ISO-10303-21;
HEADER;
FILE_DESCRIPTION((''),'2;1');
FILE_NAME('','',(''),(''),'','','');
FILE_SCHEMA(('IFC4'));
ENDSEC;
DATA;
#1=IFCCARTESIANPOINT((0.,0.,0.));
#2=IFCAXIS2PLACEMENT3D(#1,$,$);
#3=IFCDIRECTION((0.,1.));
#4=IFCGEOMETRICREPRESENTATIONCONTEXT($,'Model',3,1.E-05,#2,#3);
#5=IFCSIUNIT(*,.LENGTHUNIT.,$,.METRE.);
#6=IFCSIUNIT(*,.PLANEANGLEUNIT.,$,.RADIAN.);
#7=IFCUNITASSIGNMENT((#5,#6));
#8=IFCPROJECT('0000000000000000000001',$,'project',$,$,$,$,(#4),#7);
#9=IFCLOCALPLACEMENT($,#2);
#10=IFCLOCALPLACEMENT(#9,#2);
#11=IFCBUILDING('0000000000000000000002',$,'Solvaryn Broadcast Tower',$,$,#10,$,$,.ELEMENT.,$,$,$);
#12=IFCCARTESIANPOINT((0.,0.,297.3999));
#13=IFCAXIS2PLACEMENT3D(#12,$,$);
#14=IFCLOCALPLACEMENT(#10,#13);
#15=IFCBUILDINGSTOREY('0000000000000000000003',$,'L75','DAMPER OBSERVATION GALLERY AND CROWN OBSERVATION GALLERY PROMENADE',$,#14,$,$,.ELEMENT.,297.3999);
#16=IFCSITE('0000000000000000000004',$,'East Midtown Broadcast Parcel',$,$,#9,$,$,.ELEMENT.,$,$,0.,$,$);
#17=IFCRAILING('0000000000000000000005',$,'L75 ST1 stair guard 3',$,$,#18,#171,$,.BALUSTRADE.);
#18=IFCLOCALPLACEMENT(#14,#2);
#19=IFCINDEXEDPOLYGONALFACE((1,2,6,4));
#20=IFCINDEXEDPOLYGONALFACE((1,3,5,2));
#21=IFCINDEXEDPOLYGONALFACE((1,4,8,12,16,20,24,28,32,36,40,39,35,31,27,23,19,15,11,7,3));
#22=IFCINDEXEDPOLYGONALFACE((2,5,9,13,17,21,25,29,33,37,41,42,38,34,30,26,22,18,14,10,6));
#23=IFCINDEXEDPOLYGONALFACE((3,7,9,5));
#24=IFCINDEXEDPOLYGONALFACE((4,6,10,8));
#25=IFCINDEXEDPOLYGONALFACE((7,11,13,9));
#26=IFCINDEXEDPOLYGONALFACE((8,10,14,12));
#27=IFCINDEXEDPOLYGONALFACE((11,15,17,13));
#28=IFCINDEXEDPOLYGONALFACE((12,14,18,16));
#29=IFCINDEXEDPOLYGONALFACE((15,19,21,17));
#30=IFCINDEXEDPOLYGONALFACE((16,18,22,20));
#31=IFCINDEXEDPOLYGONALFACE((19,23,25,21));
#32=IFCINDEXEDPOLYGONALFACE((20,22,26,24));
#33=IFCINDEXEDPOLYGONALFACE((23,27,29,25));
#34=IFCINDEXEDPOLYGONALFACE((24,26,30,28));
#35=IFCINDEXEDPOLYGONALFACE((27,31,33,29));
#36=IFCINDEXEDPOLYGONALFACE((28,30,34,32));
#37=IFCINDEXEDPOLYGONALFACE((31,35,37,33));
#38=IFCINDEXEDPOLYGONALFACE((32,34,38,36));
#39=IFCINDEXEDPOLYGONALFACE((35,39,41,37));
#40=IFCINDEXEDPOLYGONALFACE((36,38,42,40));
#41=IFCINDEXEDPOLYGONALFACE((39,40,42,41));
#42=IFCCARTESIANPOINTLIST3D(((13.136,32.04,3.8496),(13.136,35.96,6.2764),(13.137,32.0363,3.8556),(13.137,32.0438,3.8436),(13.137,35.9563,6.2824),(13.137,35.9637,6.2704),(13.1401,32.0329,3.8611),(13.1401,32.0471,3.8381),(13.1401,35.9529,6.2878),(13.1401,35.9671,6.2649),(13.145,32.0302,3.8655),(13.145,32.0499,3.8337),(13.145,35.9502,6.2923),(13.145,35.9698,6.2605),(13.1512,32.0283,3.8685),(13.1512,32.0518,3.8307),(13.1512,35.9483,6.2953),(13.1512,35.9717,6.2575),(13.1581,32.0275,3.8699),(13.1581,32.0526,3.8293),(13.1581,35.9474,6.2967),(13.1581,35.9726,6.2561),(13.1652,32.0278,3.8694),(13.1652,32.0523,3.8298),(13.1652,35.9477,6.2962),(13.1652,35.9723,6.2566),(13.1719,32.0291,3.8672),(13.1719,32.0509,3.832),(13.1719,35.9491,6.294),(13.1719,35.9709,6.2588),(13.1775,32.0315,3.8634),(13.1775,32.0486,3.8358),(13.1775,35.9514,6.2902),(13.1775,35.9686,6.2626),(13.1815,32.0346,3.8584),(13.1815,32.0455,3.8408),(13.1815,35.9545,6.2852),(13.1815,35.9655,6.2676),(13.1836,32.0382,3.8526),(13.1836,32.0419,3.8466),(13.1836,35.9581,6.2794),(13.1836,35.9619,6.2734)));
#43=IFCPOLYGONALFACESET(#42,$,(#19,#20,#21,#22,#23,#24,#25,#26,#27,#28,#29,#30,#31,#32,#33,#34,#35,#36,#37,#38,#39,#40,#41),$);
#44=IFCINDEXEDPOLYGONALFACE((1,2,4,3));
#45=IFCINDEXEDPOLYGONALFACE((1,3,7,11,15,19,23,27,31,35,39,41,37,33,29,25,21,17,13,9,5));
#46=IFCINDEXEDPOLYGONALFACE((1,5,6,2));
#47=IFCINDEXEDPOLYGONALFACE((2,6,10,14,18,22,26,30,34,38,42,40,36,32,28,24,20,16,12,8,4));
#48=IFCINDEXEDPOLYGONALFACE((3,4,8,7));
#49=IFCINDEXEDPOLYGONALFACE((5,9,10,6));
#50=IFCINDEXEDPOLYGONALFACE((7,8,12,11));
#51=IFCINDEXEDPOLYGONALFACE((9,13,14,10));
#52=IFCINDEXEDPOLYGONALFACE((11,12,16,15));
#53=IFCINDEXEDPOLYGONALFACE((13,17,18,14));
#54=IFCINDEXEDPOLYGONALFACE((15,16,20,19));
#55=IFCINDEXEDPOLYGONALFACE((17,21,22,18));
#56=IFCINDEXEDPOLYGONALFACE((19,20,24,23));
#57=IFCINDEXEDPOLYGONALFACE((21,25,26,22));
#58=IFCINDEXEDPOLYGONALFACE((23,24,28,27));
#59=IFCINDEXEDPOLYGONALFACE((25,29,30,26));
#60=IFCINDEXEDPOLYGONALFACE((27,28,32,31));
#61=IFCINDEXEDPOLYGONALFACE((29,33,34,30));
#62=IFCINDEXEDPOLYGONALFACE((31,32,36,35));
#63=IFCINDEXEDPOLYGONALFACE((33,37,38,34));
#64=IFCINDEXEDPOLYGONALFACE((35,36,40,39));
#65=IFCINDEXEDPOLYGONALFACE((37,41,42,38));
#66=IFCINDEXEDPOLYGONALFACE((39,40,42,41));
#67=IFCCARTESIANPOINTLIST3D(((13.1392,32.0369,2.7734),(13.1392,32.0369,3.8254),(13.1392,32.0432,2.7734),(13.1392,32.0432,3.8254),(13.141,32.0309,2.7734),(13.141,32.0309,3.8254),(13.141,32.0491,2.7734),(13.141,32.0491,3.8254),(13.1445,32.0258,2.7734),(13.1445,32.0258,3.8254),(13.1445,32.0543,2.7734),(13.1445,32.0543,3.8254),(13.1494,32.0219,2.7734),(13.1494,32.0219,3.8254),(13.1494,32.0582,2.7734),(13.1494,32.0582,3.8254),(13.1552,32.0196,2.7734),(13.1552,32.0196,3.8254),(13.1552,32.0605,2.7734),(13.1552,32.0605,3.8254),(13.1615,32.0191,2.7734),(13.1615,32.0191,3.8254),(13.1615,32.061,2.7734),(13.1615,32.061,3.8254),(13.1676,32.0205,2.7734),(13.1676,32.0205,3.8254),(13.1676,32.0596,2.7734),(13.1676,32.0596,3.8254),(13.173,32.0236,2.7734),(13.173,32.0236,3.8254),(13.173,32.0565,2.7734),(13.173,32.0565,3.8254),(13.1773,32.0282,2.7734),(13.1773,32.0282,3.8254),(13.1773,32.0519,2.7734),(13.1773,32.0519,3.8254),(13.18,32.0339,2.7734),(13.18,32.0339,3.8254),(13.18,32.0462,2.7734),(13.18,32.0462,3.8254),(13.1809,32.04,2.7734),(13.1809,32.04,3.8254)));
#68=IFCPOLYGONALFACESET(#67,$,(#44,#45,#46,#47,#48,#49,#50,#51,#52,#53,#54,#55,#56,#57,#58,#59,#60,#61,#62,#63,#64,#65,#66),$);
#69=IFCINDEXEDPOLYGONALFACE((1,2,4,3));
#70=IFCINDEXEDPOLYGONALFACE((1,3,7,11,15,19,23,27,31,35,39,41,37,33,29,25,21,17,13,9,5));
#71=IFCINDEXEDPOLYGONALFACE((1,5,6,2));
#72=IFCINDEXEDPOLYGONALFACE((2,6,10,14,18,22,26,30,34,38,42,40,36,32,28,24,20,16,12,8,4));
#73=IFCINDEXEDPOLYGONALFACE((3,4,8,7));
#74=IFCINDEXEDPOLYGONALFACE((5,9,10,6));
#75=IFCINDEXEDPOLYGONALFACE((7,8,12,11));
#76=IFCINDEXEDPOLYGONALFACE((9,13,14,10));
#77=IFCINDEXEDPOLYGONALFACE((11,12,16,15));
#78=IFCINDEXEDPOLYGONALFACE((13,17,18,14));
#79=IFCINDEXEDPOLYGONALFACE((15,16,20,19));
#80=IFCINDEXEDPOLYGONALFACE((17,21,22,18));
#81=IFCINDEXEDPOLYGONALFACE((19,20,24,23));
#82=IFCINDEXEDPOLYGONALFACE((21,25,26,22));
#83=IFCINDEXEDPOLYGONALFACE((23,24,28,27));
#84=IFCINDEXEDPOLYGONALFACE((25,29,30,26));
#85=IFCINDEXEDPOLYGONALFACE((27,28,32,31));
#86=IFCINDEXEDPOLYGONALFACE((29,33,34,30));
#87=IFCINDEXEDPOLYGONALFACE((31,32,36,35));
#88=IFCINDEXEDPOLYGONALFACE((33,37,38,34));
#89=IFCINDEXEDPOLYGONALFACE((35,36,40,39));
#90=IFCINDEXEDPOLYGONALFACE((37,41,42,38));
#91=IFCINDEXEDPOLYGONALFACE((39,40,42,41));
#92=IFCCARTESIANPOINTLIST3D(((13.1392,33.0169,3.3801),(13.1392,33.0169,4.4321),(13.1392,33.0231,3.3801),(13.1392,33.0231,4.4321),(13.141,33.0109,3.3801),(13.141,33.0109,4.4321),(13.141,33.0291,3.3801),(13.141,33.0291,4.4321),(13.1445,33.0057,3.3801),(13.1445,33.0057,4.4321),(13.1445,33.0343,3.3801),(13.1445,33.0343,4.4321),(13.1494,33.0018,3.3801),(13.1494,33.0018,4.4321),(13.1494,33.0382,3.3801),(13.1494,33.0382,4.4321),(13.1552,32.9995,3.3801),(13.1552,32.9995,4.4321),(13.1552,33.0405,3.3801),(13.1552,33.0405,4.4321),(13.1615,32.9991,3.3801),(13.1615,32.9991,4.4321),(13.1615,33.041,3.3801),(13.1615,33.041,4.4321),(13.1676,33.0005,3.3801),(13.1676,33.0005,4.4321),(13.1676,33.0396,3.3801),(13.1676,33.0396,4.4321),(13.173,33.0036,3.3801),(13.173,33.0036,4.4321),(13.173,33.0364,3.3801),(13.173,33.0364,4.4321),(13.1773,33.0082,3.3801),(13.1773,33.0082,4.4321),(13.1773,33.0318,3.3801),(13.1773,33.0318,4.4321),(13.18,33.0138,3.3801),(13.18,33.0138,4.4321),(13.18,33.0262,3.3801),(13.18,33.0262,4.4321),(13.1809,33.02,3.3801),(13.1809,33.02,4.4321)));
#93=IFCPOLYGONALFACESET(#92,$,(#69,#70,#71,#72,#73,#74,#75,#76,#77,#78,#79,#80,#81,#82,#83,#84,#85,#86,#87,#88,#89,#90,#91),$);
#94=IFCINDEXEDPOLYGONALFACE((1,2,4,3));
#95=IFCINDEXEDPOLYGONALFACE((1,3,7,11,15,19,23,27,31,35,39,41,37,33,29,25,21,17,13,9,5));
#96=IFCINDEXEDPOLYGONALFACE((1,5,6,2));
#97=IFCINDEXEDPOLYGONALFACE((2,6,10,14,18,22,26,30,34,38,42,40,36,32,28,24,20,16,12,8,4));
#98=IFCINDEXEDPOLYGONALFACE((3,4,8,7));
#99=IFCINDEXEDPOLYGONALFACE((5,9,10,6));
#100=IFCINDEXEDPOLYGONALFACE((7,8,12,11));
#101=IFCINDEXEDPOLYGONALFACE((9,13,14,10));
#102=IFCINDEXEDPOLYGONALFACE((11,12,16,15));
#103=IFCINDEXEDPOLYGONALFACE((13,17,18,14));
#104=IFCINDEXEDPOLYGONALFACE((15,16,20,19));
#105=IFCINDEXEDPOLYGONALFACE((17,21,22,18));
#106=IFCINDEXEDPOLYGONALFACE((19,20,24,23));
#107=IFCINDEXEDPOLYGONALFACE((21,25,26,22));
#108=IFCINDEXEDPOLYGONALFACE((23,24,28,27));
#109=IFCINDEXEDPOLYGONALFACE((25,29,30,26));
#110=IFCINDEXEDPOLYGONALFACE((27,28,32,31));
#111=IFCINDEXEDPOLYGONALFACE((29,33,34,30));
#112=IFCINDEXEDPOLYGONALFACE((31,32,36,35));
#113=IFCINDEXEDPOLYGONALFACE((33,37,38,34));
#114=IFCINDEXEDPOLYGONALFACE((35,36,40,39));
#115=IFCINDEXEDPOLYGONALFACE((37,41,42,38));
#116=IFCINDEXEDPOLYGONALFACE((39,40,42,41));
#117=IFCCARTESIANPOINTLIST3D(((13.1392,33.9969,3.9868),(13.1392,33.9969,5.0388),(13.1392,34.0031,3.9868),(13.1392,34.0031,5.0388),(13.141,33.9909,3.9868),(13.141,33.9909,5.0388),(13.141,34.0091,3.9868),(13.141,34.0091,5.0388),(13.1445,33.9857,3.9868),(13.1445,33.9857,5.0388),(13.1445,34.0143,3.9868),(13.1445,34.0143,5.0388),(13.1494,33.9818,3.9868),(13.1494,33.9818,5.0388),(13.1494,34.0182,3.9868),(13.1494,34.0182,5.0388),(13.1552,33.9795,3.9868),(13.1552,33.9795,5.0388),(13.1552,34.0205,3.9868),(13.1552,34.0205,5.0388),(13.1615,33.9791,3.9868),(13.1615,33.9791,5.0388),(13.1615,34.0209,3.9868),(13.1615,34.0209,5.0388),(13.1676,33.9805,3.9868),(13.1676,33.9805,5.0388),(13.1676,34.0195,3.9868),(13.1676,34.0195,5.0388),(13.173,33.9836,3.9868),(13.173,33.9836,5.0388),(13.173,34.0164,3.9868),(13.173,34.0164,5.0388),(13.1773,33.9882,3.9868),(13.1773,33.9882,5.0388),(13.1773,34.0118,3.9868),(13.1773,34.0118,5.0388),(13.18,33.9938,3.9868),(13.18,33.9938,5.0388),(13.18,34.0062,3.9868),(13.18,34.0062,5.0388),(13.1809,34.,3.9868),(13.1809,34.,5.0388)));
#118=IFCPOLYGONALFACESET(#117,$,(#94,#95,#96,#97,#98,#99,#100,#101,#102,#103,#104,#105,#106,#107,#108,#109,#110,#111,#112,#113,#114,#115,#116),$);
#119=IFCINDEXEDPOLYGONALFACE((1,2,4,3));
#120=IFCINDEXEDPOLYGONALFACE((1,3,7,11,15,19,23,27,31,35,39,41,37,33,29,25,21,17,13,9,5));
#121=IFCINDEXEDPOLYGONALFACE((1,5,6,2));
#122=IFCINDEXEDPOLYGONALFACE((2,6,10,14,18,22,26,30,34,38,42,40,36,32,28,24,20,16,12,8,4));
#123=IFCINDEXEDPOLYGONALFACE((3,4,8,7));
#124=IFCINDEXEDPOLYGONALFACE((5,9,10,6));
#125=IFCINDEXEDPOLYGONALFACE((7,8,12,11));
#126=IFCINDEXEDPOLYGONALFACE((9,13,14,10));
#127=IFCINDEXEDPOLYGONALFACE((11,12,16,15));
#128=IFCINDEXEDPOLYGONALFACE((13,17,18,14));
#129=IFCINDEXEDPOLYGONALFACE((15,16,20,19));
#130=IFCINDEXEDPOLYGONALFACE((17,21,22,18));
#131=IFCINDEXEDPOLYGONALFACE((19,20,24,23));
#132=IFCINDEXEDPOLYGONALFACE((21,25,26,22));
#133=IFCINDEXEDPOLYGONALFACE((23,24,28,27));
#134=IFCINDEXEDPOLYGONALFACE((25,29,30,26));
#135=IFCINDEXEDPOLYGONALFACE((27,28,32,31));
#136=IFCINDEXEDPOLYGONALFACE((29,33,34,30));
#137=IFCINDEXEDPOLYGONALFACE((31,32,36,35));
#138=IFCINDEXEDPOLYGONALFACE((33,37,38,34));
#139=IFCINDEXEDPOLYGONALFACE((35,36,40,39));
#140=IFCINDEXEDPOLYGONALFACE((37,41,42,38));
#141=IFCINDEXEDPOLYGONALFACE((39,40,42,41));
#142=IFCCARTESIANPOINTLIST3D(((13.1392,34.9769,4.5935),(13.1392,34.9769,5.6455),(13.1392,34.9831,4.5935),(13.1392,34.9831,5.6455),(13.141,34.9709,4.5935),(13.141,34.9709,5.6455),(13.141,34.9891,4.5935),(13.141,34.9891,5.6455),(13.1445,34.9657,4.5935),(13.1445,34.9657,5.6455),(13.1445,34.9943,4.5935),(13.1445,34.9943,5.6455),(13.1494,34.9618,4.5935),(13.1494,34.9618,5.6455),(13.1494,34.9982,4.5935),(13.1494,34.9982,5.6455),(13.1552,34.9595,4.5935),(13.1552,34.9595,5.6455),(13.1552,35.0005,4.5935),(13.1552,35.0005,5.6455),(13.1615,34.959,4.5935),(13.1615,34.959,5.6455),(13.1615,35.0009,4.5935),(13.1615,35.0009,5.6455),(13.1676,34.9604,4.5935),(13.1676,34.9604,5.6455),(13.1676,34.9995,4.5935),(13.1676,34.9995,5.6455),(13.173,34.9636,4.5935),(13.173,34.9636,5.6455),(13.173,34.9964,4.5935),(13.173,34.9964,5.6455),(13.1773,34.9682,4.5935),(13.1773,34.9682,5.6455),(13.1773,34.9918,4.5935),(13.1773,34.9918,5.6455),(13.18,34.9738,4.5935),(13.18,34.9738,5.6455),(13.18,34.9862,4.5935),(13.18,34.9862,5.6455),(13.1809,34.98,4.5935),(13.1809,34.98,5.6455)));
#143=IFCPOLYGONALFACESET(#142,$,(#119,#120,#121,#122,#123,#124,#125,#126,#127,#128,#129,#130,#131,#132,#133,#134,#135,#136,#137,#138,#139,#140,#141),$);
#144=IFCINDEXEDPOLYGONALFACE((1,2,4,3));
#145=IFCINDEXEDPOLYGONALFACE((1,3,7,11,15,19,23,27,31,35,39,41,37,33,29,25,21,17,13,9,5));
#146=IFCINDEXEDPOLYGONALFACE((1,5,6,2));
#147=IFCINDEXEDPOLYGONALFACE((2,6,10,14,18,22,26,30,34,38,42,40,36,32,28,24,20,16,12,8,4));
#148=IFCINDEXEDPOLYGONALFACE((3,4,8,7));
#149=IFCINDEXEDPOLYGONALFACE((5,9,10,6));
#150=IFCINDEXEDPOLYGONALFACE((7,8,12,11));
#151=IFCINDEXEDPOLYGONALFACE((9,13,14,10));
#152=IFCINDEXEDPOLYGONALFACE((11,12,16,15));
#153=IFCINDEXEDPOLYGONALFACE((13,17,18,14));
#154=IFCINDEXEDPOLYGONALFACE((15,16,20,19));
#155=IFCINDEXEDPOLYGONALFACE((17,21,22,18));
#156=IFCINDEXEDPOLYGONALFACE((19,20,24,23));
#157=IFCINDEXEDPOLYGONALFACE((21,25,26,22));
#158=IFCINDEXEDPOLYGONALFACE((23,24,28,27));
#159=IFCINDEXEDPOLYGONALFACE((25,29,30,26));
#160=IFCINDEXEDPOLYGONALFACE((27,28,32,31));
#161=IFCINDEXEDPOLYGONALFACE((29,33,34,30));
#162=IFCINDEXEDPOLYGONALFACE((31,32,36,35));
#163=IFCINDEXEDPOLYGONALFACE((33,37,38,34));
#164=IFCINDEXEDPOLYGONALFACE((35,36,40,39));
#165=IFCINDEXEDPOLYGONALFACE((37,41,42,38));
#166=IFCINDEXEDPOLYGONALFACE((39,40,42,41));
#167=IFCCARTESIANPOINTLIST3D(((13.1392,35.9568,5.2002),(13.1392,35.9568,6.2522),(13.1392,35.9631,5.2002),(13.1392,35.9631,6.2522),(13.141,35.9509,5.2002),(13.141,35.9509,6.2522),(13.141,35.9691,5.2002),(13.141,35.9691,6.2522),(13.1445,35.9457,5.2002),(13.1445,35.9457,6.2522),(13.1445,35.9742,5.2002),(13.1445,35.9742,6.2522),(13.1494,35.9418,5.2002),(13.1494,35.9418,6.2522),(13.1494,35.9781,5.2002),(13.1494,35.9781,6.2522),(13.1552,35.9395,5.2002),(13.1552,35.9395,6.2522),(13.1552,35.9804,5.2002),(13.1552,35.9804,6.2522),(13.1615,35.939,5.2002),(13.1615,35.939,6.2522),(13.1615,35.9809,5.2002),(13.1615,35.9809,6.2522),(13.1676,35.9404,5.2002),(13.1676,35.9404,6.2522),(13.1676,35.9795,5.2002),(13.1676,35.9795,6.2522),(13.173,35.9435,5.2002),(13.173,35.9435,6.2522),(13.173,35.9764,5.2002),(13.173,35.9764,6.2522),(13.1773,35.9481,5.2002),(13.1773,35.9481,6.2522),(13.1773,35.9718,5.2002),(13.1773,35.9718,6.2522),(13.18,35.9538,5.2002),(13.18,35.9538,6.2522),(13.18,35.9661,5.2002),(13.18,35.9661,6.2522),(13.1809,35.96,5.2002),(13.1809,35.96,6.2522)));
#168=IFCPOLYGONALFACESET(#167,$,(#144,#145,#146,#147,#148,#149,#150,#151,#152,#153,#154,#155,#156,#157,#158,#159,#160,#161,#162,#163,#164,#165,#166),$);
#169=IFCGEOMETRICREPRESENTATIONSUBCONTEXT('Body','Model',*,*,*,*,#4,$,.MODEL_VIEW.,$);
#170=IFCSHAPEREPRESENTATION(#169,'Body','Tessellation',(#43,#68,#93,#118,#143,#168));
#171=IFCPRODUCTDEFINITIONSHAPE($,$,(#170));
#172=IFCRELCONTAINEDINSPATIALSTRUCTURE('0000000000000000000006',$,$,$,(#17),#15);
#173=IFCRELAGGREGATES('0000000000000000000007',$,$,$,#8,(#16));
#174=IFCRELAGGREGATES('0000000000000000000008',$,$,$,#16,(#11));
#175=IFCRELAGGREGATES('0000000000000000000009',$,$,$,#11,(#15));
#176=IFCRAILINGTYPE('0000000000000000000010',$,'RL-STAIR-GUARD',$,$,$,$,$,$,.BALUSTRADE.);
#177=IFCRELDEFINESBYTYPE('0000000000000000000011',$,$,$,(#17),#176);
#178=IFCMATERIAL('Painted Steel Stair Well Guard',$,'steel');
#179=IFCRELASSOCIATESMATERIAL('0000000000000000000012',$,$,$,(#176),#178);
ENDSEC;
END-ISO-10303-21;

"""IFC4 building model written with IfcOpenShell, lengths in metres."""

from ifc_helpers import new_model, si_unit, direction, frame, origin, origin_2d, place, context, subcontext, project, spatial, circle, extrude, material, type_object, element, save


model = new_model("IFC4")

# Units and contexts
model_context = context("Model", 3, precision=1e-05, world=origin(), true_north=direction((0.0, 1.0)))
body_context = subcontext(model_context, "Body", "Model", "MODEL_VIEW")
ifc_project = project(units=[si_unit("LENGTHUNIT", "METRE"), si_unit("PLANEANGLEUNIT", "RADIAN")], contexts=[model_context])

# Site, building, storey
site_placement = place(None, origin())
site = spatial("IfcSite", under=ifc_project, at=site_placement, Name="East Midtown Broadcast Parcel", CompositionType="ELEMENT", RefElevation=0.0)
building_placement = place(site_placement, origin())
building = spatial("IfcBuilding", under=site, at=building_placement, Name="Solvaryn Broadcast Tower", CompositionType="ELEMENT")
storey_placement = place(building_placement, frame((0.0, 0.0, 297.3999)))
storey = spatial("IfcBuildingStorey", under=building, at=storey_placement, Name="L75", Description="DAMPER OBSERVATION GALLERY AND CROWN OBSERVATION GALLERY PROMENADE", CompositionType="ELEMENT", Elevation=297.3999)

# Railing
ifc_material_1 = material(Name="Painted Steel Stair Well Guard", Category="steel")
railing_type_1 = type_object("IfcRailingType", Name="RL-STAIR-GUARD", PredefinedType="BALUSTRADE", material=ifc_material_1)
railing_1_placement = place(storey_placement, frame((13.1599, 32.04, 2.7734)))
element("IfcRailing", 1, at=railing_1_placement, inside=storey, type_object=railing_type_1, Name="L75 ST1 stair guard 3", PredefinedType="BALUSTRADE", context=body_context, shape_type="SweptSolid", body=[
    extrude(circle(Radius=0.0239, at=origin_2d()), frame((0.0, 0.0, 1.0762), z_axis=(0.0, 0.850252, 0.526376), x_axis=(-1.0, 0.0, 0.0)), (0.0, 0.0, 1.0), 4.6104),
    extrude(circle(Radius=0.021, at=origin_2d()), origin(), (0.0, 0.0, 1.0), 1.052),
    extrude(circle(Radius=0.021, at=origin_2d()), frame((0.0, 0.98, 0.6067)), (0.0, 0.0, 1.0), 1.052),
    extrude(circle(Radius=0.021, at=origin_2d()), frame((0.0, 1.96, 1.2134)), (0.0, 0.0, 1.0), 1.052),
    extrude(circle(Radius=0.021, at=origin_2d()), frame((0.0, 2.9399, 1.8201)), (0.0, 0.0, 1.0), 1.052),
    extrude(circle(Radius=0.021, at=origin_2d()), frame((0.0, 3.9199, 2.4268)), (0.0, 0.0, 1.0), 1.052),
])

save(model, "model.ifc")
